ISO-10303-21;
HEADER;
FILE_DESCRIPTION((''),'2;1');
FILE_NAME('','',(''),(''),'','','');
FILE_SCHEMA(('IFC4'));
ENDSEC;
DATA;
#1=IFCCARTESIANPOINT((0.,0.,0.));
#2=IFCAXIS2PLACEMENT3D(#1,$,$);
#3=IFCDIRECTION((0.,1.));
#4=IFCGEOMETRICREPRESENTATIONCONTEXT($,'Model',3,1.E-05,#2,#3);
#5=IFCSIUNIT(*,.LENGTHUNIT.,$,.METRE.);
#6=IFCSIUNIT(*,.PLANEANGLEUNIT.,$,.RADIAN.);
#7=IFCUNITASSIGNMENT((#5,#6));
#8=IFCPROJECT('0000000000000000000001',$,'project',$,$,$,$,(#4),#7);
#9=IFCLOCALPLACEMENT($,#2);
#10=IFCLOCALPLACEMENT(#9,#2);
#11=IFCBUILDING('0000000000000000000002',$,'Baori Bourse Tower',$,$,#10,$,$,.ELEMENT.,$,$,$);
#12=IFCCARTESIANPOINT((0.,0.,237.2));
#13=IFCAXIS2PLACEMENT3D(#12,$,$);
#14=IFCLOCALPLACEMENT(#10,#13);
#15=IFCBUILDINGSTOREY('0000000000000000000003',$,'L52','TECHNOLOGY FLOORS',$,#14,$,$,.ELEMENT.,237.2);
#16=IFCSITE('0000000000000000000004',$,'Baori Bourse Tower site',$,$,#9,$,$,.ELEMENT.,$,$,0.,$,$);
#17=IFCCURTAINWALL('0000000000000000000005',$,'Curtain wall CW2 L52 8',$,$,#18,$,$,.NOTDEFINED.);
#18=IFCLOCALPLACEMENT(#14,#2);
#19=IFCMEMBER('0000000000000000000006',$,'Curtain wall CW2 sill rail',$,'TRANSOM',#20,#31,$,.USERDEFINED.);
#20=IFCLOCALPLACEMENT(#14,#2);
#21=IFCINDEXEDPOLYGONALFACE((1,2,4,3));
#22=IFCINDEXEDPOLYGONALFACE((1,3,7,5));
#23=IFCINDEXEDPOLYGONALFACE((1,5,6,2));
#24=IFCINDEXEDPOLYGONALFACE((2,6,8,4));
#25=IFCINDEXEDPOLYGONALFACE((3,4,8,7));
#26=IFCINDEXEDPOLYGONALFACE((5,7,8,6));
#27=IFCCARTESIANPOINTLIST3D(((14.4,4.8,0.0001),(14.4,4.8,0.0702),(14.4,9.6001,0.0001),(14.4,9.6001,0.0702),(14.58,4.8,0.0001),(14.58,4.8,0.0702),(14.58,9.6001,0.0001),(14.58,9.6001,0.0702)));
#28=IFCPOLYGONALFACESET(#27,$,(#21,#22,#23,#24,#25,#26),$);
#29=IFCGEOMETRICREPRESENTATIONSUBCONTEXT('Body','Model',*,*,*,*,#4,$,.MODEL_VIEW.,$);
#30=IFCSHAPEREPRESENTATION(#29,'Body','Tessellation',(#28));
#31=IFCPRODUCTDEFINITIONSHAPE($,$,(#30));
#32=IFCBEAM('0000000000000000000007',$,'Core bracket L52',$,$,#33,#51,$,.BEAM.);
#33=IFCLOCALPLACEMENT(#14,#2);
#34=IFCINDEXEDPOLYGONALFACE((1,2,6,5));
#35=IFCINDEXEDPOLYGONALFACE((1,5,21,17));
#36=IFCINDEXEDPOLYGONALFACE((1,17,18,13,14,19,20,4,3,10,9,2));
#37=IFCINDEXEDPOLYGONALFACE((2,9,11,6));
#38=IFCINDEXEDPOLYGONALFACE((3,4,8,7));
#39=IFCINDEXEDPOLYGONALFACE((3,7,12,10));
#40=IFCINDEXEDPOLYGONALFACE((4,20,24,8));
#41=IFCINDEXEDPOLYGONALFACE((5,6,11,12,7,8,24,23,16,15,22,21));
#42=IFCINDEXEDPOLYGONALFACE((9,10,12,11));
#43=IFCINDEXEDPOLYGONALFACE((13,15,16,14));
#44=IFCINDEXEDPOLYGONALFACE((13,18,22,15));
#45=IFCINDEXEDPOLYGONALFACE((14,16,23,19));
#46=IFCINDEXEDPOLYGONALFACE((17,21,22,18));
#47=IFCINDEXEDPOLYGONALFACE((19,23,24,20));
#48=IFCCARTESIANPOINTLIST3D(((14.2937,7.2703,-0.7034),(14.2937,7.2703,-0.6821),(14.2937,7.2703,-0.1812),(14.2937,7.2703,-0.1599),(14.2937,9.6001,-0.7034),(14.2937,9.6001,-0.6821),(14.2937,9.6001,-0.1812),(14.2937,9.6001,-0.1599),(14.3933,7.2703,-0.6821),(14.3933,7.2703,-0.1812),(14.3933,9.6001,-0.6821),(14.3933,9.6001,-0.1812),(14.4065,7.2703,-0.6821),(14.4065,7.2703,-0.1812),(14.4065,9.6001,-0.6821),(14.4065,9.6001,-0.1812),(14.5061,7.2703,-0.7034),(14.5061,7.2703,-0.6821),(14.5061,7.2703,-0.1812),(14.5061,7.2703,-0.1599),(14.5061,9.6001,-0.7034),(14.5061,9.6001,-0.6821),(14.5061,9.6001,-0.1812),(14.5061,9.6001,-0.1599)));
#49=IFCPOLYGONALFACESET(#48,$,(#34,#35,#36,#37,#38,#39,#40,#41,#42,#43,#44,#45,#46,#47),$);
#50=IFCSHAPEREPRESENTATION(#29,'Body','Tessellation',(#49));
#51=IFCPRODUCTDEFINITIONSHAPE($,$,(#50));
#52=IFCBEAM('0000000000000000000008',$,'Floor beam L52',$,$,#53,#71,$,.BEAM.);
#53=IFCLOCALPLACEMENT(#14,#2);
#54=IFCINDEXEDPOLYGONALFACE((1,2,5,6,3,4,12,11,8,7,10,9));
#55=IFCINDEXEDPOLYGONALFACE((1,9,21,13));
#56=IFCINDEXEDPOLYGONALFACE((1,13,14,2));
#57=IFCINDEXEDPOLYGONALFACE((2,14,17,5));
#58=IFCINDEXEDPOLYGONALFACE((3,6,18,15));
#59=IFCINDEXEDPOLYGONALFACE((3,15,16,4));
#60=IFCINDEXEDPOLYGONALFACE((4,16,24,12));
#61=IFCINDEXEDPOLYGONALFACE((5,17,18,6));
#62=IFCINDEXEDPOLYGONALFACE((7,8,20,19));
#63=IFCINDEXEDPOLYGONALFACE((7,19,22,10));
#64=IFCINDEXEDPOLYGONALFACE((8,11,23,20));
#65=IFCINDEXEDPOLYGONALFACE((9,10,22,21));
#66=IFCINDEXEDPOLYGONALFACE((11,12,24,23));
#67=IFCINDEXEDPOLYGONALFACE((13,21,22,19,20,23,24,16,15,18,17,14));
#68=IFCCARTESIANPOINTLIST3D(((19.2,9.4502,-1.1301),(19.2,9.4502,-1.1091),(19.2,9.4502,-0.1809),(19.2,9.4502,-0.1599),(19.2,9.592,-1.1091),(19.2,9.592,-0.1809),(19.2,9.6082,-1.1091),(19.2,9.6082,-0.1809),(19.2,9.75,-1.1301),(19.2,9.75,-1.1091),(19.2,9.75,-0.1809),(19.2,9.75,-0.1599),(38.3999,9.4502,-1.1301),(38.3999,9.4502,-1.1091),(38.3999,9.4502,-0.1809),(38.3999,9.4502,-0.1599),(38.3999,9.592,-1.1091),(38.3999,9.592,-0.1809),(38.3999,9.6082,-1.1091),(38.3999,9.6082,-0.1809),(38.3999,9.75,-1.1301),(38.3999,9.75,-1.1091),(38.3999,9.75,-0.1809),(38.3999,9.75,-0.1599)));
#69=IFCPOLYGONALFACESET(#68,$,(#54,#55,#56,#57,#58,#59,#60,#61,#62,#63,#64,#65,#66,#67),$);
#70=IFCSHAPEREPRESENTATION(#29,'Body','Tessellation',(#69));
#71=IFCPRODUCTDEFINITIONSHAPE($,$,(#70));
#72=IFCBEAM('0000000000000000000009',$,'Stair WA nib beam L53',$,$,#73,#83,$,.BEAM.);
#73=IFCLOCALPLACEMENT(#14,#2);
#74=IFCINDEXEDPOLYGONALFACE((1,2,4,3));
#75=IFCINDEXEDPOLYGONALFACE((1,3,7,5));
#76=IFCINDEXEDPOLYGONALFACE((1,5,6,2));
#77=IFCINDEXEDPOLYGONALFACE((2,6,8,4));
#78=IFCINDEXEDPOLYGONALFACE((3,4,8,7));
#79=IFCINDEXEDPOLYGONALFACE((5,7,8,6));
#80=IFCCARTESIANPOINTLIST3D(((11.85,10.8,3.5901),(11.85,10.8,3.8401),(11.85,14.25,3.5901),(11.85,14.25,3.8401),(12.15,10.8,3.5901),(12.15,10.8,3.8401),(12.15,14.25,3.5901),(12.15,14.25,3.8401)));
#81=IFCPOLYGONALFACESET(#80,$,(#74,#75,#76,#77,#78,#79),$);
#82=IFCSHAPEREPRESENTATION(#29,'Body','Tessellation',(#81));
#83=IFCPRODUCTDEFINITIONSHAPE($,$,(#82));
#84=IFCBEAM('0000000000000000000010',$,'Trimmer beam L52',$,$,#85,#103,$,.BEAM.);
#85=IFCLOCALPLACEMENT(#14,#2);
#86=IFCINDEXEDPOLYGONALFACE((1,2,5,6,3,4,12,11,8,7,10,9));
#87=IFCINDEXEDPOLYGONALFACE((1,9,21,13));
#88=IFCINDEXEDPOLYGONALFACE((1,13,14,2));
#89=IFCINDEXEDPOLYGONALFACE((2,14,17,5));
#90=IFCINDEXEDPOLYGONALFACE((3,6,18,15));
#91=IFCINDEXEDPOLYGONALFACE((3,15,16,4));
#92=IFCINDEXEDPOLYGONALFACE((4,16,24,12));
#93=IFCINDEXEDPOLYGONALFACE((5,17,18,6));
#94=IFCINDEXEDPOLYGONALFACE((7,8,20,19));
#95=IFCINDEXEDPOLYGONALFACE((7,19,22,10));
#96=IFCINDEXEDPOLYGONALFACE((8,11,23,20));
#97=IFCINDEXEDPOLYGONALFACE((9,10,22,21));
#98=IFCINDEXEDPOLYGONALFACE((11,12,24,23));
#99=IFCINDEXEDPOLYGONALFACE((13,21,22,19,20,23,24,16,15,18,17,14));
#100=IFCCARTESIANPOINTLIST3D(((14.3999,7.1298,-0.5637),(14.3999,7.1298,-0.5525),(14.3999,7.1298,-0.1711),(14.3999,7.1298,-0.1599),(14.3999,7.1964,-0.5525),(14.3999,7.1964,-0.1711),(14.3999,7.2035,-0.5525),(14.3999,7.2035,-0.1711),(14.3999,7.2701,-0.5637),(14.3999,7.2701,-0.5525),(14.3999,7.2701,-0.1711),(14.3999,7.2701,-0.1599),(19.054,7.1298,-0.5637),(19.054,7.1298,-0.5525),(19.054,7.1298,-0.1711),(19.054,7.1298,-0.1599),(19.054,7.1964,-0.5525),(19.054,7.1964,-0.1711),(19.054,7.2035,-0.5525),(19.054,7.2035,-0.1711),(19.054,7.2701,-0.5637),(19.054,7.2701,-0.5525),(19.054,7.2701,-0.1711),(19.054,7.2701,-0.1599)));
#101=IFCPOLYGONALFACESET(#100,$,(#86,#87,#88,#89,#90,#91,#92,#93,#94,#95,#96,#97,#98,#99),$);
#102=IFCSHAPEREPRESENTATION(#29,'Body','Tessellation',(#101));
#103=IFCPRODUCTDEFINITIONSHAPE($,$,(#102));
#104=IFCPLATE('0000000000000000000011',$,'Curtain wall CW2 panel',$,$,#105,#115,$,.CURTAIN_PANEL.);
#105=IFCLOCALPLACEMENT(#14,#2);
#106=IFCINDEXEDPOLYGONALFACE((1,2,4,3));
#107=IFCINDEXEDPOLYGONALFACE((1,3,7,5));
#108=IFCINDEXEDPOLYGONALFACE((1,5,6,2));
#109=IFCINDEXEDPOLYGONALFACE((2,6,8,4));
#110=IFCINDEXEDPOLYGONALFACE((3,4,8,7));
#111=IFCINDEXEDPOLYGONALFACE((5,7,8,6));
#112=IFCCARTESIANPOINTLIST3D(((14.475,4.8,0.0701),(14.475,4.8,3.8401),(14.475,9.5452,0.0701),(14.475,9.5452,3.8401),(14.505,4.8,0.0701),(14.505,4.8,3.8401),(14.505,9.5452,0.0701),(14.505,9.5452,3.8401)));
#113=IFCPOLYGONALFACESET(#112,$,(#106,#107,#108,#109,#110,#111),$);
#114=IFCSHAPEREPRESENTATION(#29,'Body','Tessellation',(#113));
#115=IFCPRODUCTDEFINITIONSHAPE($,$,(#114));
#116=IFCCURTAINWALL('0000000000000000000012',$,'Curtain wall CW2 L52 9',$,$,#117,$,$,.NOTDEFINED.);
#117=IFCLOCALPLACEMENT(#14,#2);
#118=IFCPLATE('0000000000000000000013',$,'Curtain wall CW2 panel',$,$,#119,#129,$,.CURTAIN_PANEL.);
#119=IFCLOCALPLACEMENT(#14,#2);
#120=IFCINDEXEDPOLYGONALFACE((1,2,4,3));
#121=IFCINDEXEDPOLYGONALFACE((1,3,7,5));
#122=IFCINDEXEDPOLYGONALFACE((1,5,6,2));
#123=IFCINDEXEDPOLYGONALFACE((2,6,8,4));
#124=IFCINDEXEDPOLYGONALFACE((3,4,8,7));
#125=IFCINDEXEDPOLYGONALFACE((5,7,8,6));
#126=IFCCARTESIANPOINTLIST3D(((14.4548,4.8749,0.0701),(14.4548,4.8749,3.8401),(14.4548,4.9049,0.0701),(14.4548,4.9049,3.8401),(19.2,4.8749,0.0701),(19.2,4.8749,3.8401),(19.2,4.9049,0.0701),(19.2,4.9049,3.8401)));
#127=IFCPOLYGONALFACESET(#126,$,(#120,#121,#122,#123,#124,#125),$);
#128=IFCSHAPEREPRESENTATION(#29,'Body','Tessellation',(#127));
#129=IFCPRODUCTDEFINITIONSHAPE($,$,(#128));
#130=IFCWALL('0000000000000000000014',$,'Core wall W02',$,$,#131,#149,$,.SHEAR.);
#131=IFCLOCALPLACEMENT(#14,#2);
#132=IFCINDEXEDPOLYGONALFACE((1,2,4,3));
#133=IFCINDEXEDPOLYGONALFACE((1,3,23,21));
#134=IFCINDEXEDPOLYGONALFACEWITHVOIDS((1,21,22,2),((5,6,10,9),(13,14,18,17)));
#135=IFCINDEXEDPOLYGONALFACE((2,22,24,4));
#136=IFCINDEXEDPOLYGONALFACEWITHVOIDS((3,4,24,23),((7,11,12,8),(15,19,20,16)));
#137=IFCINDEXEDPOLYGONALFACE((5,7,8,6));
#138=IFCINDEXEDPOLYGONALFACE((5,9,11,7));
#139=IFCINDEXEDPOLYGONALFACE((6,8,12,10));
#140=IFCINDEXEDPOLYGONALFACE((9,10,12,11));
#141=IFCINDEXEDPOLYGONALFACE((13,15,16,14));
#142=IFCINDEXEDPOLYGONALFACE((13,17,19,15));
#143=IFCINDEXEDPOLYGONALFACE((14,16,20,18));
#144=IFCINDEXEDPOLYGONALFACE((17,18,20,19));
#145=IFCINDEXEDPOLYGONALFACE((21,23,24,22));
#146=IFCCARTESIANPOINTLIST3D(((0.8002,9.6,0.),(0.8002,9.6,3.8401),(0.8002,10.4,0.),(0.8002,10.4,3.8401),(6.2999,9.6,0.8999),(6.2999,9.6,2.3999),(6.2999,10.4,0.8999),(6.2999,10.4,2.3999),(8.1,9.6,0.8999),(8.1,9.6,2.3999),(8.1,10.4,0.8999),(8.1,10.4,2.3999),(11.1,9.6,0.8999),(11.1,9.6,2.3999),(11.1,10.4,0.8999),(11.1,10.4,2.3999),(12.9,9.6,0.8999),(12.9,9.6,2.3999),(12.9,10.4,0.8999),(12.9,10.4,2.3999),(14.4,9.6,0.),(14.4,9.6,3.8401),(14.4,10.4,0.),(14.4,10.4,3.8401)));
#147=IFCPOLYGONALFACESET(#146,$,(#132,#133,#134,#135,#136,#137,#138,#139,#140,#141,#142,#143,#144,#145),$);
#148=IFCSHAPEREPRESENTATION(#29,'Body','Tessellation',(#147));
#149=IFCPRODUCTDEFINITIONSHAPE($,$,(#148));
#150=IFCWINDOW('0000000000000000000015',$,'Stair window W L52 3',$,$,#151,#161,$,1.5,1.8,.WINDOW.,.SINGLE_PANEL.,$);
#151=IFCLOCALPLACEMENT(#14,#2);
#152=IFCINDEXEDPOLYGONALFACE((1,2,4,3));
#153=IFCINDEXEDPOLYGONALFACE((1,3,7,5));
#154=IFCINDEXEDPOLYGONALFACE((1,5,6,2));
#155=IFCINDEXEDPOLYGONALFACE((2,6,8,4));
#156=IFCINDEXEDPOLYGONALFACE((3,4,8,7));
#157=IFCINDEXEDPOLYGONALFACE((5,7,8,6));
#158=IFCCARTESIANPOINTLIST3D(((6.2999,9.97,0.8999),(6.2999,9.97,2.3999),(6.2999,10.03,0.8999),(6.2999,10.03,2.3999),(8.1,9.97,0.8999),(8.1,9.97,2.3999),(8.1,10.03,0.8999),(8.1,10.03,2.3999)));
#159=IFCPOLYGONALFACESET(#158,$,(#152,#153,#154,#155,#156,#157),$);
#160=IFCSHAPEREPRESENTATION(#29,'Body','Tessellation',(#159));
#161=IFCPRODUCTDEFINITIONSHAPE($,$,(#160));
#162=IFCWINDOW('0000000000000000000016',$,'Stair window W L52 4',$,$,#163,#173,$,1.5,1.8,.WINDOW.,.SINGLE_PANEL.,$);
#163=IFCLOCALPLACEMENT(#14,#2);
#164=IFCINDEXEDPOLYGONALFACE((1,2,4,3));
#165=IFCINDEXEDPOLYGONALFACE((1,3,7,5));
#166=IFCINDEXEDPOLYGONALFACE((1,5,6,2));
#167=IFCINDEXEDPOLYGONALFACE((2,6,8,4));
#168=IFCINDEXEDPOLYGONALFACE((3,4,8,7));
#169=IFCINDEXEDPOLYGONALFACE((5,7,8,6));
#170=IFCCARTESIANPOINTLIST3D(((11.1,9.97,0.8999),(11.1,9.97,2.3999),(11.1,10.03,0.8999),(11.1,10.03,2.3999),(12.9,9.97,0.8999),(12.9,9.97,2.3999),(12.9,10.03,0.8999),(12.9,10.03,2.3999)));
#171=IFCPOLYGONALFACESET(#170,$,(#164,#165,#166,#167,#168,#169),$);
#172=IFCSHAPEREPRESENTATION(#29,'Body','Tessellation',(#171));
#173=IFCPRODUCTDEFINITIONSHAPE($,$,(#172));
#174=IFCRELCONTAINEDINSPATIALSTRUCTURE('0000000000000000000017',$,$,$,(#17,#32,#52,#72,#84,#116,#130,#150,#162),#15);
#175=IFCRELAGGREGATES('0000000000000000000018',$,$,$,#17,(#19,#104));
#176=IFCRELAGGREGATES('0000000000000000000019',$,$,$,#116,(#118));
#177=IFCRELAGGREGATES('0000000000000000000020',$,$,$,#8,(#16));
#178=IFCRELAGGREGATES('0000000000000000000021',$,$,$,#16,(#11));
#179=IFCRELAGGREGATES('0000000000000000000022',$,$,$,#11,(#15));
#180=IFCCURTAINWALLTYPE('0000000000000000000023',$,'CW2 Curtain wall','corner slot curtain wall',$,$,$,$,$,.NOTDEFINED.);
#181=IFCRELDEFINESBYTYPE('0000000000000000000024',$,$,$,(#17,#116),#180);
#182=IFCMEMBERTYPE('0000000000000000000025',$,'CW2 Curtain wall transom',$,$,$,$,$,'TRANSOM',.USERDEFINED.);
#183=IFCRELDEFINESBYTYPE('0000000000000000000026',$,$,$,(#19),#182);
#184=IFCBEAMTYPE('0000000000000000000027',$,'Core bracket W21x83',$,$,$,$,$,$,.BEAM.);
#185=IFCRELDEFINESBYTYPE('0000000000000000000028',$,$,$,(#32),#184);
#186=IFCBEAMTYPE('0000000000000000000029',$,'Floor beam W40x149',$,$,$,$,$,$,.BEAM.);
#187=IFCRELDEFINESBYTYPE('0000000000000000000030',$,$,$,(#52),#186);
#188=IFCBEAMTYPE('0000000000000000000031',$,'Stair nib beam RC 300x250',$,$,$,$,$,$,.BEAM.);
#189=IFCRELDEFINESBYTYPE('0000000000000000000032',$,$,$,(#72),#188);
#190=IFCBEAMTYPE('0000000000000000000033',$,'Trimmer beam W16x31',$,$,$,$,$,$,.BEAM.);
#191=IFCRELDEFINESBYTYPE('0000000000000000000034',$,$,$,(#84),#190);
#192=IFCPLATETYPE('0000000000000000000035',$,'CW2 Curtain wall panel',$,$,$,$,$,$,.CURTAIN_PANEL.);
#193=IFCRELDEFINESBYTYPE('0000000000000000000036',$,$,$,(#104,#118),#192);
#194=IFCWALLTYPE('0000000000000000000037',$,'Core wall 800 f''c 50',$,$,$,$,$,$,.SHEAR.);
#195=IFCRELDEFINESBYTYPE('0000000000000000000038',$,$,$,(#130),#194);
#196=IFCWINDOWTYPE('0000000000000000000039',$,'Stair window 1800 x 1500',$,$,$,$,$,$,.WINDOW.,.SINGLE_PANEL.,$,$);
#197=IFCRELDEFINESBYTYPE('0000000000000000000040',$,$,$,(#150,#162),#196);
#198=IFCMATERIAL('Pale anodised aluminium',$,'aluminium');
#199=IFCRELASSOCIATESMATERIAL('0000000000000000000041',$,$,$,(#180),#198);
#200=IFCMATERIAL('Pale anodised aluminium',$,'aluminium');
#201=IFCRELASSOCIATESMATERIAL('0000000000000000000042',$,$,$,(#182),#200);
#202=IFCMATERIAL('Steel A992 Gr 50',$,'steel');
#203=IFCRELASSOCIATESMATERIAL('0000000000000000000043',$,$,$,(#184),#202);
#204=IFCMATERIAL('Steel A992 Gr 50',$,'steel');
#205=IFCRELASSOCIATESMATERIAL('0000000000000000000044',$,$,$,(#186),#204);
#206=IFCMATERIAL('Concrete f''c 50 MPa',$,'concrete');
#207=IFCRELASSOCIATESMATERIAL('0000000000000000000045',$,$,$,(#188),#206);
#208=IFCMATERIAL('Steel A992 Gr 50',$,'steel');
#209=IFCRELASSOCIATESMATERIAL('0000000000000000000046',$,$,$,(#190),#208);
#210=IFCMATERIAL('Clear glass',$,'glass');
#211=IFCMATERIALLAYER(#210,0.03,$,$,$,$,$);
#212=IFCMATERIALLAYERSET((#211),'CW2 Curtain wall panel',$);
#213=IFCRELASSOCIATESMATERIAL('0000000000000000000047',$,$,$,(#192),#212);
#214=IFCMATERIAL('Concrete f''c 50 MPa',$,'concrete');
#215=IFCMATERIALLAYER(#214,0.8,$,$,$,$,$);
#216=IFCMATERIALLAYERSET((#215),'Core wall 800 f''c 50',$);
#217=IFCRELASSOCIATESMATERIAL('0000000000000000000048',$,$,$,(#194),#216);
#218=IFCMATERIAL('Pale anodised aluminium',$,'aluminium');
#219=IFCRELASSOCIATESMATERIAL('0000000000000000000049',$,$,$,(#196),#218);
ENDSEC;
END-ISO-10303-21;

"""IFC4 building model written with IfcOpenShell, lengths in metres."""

from ifc_helpers import new_model, si_unit, direction, frame, frame_2d, origin, origin_2d, place, context, subcontext, project, spatial, rectangle, i_section, extrude, material, layer, layer_set, material_profile, profile_set, type_object, element, fill, aggregate, save


model = new_model("IFC4")

# Units and contexts
model_context = context("Model", 3, precision=1e-05, world=origin(), true_north=direction((0.0, 1.0)))
body_context = subcontext(model_context, "Body", "Model", "MODEL_VIEW")
ifc_project = project(units=[si_unit("LENGTHUNIT", "METRE"), si_unit("PLANEANGLEUNIT", "RADIAN")], contexts=[model_context])

# Site, building, storey
site_placement = place(None, origin())
site = spatial("IfcSite", under=ifc_project, at=site_placement, Name="Baori Bourse Tower site", CompositionType="ELEMENT", RefElevation=0.0)
building_placement = place(site_placement, origin())
building = spatial("IfcBuilding", under=site, at=building_placement, Name="Baori Bourse Tower", CompositionType="ELEMENT")
storey_placement = place(building_placement, frame((0.0, 0.0, 237.2)))
storey = spatial("IfcBuildingStorey", under=building, at=storey_placement, Name="L52", Description="TECHNOLOGY FLOORS", CompositionType="ELEMENT", Elevation=237.2)

# Curtain wall, member
ifc_material_1 = material(Name="Pale anodised aluminium", Category="aluminium")
curtain_wall_type = type_object("IfcCurtainWallType", Name="CW2 Curtain wall", Description="corner slot curtain wall", PredefinedType="NOTDEFINED", material=ifc_material_1)
curtain_wall_1_placement = place(storey_placement, origin())
curtain_wall_1 = element("IfcCurtainWall", 1, at=curtain_wall_1_placement, inside=storey, type_object=curtain_wall_type, Name="Curtain wall CW2 L52 8", PredefinedType="NOTDEFINED")
ifc_material_2 = material(Name="Pale anodised aluminium", Category="aluminium")
ifc_material_profile_1 = material_profile(ifc_material_2, rectangle(XDim=0.1799, YDim=0.0701, at=origin_2d()), Name="Transom 70x180")
ifc_profile_set_1 = profile_set([ifc_material_profile_1], Name="Pale anodised aluminium")
member_type = type_object("IfcMemberType", Name="CW2 Curtain wall transom", ElementType="TRANSOM", PredefinedType="USERDEFINED", material=ifc_profile_set_1)
member_placement = place(storey_placement, frame((14.49, 9.6001, 0.0352), z_axis=(0.0, -1.0, 0.0), x_axis=(1.0, 0.0, 0.0)))
member = element("IfcMember", 2, at=member_placement, type_object=member_type, Name="Curtain wall CW2 sill rail", ObjectType="TRANSOM", PredefinedType="USERDEFINED", context=body_context, shape_type="SweptSolid", body=[
    extrude(rectangle(XDim=0.1799, YDim=0.0701, at=origin_2d()), origin(), (0.0, 0.0, 1.0), 4.8),
])

# Beams
ifc_material_3 = material(Name="Steel A992 Gr 50", Category="steel")
ifc_material_profile_2 = material_profile(ifc_material_3, i_section(OverallWidth=0.2124, OverallDepth=0.5435, WebThickness=0.0132, FlangeThickness=0.0212, at=origin_2d()), Name="W21x83")
ifc_profile_set_2 = profile_set([ifc_material_profile_2], Name="Steel A992 Gr 50")
beam_type_1 = type_object("IfcBeamType", Name="Core bracket W21x83", PredefinedType="BEAM", material=ifc_profile_set_2)
beam_1_placement = place(storey_placement, frame((14.3999, 7.2703, -0.4316), z_axis=(0.0, 1.0, 0.0), x_axis=(-1.0, 0.0, 0.0)))
element("IfcBeam", 3, at=beam_1_placement, inside=storey, type_object=beam_type_1, Name="Core bracket L52", PredefinedType="BEAM", context=body_context, shape_type="SweptSolid", body=[
    extrude(i_section(OverallWidth=0.2124, OverallDepth=0.5435, WebThickness=0.0132, FlangeThickness=0.0212, at=origin_2d()), origin(), (0.0, 0.0, 1.0), 2.3298),
])
ifc_material_4 = material(Name="Steel A992 Gr 50", Category="steel")
ifc_material_profile_3 = material_profile(ifc_material_4, i_section(OverallWidth=0.2998, OverallDepth=0.9702, WebThickness=0.0161, FlangeThickness=0.021, at=origin_2d()), Name="W40x149")
ifc_profile_set_3 = profile_set([ifc_material_profile_3], Name="Steel A992 Gr 50")
beam_type_2 = type_object("IfcBeamType", Name="Floor beam W40x149", PredefinedType="BEAM", material=ifc_profile_set_3)
beam_2_placement = place(storey_placement, frame((19.2, 9.6001, -0.645), z_axis=(1.0, 0.0, 0.0), x_axis=(0.0, 1.0, 0.0)))
element("IfcBeam", 4, at=beam_2_placement, inside=storey, type_object=beam_type_2, Name="Floor beam L52", PredefinedType="BEAM", context=body_context, shape_type="SweptSolid", body=[
    extrude(i_section(OverallWidth=0.2998, OverallDepth=0.9702, WebThickness=0.0161, FlangeThickness=0.021, at=origin_2d()), origin(), (0.0, 0.0, 1.0), 19.2),
])
ifc_material_5 = material(Name="Concrete f'c 50 MPa", Category="concrete")
ifc_material_profile_4 = material_profile(ifc_material_5, rectangle(XDim=0.3, YDim=0.25, at=origin_2d()), Name="RC 300x250")
ifc_profile_set_4 = profile_set([ifc_material_profile_4], Name="Concrete f'c 50 MPa")
beam_type_3 = type_object("IfcBeamType", Name="Stair nib beam RC 300x250", PredefinedType="BEAM", material=ifc_profile_set_4)
beam_3_placement = place(storey_placement, frame((12.0, 10.8, 3.7151), z_axis=(0.0, 1.0, 0.0), x_axis=(-1.0, 0.0, 0.0)))
element("IfcBeam", 5, at=beam_3_placement, inside=storey, type_object=beam_type_3, Name="Stair WA nib beam L53", PredefinedType="BEAM", context=body_context, shape_type="SweptSolid", body=[
    extrude(rectangle(XDim=0.3, YDim=0.25, at=origin_2d()), origin(), (0.0, 0.0, 1.0), 3.45),
])
ifc_material_6 = material(Name="Steel A992 Gr 50", Category="steel")
ifc_material_profile_5 = material_profile(ifc_material_6, i_section(OverallWidth=0.1404, OverallDepth=0.4038, WebThickness=0.0071, FlangeThickness=0.0112, at=origin_2d()), Name="W16x31")
ifc_profile_set_5 = profile_set([ifc_material_profile_5], Name="Steel A992 Gr 50")
beam_type_4 = type_object("IfcBeamType", Name="Trimmer beam W16x31", PredefinedType="BEAM", material=ifc_profile_set_5)
beam_4_placement = place(storey_placement, frame((14.3999, 7.2, -0.3618), z_axis=(1.0, 0.0, 0.0), x_axis=(0.0, 1.0, 0.0)))
element("IfcBeam", 6, at=beam_4_placement, inside=storey, type_object=beam_type_4, Name="Trimmer beam L52", PredefinedType="BEAM", context=body_context, shape_type="SweptSolid", body=[
    extrude(i_section(OverallWidth=0.1404, OverallDepth=0.4038, WebThickness=0.0071, FlangeThickness=0.0112, at=origin_2d()), origin(), (0.0, 0.0, 1.0), 4.6541),
])

# Plate
ifc_material_7 = material(Name="Clear glass", Category="glass")
ifc_layer_1 = layer(ifc_material_7, 0.03)
ifc_layer_set_1 = layer_set([ifc_layer_1], Name="CW2 Curtain wall panel")
plate_type = type_object("IfcPlateType", Name="CW2 Curtain wall panel", PredefinedType="CURTAIN_PANEL", material=ifc_layer_set_1)
plate_1_placement = place(storey_placement, frame((14.49, 7.1726, 0.0701), z_axis=(0.0, 0.0, 1.0), x_axis=(0.0, -1.0, 0.0)))
plate_1 = element("IfcPlate", 7, at=plate_1_placement, type_object=plate_type, Name="Curtain wall CW2 panel", PredefinedType="CURTAIN_PANEL", context=body_context, shape_type="SweptSolid", body=[
    extrude(rectangle(XDim=4.7451, YDim=0.03, at=origin_2d()), origin(), (0.0, 0.0, 1.0), 3.77),
])
aggregate(curtain_wall_1, [member, plate_1])

# Curtain wall, plate
curtain_wall_2_placement = place(storey_placement, origin())
curtain_wall_2 = element("IfcCurtainWall", 8, at=curtain_wall_2_placement, inside=storey, type_object=curtain_wall_type, Name="Curtain wall CW2 L52 9", PredefinedType="NOTDEFINED")
plate_2_placement = place(storey_placement, frame((16.8274, 4.8899, 0.0701), z_axis=(0.0, 0.0, 1.0), x_axis=(1.0, 0.0, 0.0)))
plate_2 = element("IfcPlate", 9, at=plate_2_placement, type_object=plate_type, Name="Curtain wall CW2 panel", PredefinedType="CURTAIN_PANEL", context=body_context, shape_type="SweptSolid", body=[
    extrude(rectangle(XDim=4.7451, YDim=0.03, at=origin_2d()), origin(), (0.0, 0.0, 1.0), 3.77),
])
aggregate(curtain_wall_2, [plate_2])

# Wall, openings, windows
ifc_material_8 = material(Name="Concrete f'c 50 MPa", Category="concrete")
ifc_layer_2 = layer(ifc_material_8, 0.8)
ifc_layer_set_2 = layer_set([ifc_layer_2], Name="Core wall 800 f'c 50")
wall_type_1 = type_object("IfcWallType", Name="Core wall 800 f'c 50", PredefinedType="SHEAR", material=ifc_layer_set_2)
wall_1_placement = place(storey_placement, frame((14.3999, 10.0, 0.0), z_axis=(0.0, 0.0, 1.0), x_axis=(-1.0, 0.0, 0.0)))
wall_1 = element("IfcWall", 10, at=wall_1_placement, inside=storey, type_object=wall_type_1, Name="Core wall W02", PredefinedType="SHEAR", context=body_context, shape_type="SweptSolid", body=[
    extrude(rectangle(XDim=13.5999, YDim=0.8, at=frame_2d((6.7998, 0.0))), origin(), (0.0, 0.0, 1.0), 3.8401),
])
opening_1_placement = place(wall_1_placement, frame((6.3, 0.0, 0.8999)))
opening_1 = element("IfcOpeningElement", 11, at=opening_1_placement, cuts=wall_1, PredefinedType="OPENING", context=body_context, shape_type="SweptSolid", body=[
    extrude(rectangle(XDim=1.8, YDim=1.5, at=frame_2d((0.8999, 0.75))), frame((0.0, 0.4099, 0.0), z_axis=(0.0, -1.0, 0.0), x_axis=(1.0, 0.0, 0.0)), (0.0, 0.0, 1.0), 0.8201),
])
opening_2_placement = place(wall_1_placement, frame((1.5, 0.0, 0.8999)))
opening_2 = element("IfcOpeningElement", 12, at=opening_2_placement, cuts=wall_1, PredefinedType="OPENING", context=body_context, shape_type="SweptSolid", body=[
    extrude(rectangle(XDim=1.8, YDim=1.5, at=frame_2d((0.8999, 0.75))), frame((0.0, 0.4099, 0.0), z_axis=(0.0, -1.0, 0.0), x_axis=(1.0, 0.0, 0.0)), (0.0, 0.0, 1.0), 0.8201),
])
ifc_material_9 = material(Name="Pale anodised aluminium", Category="aluminium")
window_type = type_object("IfcWindowType", Name="Stair window 1800 x 1500", PartitioningType="SINGLE_PANEL", PredefinedType="WINDOW", material=ifc_material_9)
window_1_placement = place(opening_1_placement, origin())
window_1 = element("IfcWindow", 13, at=window_1_placement, inside=storey, type_object=window_type, Name="Stair window W L52 3", OverallHeight=1.5, OverallWidth=1.8, PartitioningType="SINGLE_PANEL", PredefinedType="WINDOW", context=body_context, shape_type="SweptSolid", body=[
    extrude(rectangle(XDim=1.8, YDim=1.5, at=frame_2d((0.8999, 0.75))), frame((0.0, 0.03, 0.0), z_axis=(0.0, -1.0, 0.0), x_axis=(1.0, 0.0, 0.0)), (0.0, 0.0, 1.0), 0.0601),
])
fill(opening_1, window_1)
window_2_placement = place(opening_2_placement, origin())
window_2 = element("IfcWindow", 14, at=window_2_placement, inside=storey, type_object=window_type, Name="Stair window W L52 4", OverallHeight=1.5, OverallWidth=1.8, PartitioningType="SINGLE_PANEL", PredefinedType="WINDOW", context=body_context, shape_type="SweptSolid", body=[
    extrude(rectangle(XDim=1.8, YDim=1.5, at=frame_2d((0.8999, 0.75))), frame((0.0, 0.03, 0.0), z_axis=(0.0, -1.0, 0.0), x_axis=(1.0, 0.0, 0.0)), (0.0, 0.0, 1.0), 0.0601),
])
fill(opening_2, window_2)

save(model, "model.ifc")
